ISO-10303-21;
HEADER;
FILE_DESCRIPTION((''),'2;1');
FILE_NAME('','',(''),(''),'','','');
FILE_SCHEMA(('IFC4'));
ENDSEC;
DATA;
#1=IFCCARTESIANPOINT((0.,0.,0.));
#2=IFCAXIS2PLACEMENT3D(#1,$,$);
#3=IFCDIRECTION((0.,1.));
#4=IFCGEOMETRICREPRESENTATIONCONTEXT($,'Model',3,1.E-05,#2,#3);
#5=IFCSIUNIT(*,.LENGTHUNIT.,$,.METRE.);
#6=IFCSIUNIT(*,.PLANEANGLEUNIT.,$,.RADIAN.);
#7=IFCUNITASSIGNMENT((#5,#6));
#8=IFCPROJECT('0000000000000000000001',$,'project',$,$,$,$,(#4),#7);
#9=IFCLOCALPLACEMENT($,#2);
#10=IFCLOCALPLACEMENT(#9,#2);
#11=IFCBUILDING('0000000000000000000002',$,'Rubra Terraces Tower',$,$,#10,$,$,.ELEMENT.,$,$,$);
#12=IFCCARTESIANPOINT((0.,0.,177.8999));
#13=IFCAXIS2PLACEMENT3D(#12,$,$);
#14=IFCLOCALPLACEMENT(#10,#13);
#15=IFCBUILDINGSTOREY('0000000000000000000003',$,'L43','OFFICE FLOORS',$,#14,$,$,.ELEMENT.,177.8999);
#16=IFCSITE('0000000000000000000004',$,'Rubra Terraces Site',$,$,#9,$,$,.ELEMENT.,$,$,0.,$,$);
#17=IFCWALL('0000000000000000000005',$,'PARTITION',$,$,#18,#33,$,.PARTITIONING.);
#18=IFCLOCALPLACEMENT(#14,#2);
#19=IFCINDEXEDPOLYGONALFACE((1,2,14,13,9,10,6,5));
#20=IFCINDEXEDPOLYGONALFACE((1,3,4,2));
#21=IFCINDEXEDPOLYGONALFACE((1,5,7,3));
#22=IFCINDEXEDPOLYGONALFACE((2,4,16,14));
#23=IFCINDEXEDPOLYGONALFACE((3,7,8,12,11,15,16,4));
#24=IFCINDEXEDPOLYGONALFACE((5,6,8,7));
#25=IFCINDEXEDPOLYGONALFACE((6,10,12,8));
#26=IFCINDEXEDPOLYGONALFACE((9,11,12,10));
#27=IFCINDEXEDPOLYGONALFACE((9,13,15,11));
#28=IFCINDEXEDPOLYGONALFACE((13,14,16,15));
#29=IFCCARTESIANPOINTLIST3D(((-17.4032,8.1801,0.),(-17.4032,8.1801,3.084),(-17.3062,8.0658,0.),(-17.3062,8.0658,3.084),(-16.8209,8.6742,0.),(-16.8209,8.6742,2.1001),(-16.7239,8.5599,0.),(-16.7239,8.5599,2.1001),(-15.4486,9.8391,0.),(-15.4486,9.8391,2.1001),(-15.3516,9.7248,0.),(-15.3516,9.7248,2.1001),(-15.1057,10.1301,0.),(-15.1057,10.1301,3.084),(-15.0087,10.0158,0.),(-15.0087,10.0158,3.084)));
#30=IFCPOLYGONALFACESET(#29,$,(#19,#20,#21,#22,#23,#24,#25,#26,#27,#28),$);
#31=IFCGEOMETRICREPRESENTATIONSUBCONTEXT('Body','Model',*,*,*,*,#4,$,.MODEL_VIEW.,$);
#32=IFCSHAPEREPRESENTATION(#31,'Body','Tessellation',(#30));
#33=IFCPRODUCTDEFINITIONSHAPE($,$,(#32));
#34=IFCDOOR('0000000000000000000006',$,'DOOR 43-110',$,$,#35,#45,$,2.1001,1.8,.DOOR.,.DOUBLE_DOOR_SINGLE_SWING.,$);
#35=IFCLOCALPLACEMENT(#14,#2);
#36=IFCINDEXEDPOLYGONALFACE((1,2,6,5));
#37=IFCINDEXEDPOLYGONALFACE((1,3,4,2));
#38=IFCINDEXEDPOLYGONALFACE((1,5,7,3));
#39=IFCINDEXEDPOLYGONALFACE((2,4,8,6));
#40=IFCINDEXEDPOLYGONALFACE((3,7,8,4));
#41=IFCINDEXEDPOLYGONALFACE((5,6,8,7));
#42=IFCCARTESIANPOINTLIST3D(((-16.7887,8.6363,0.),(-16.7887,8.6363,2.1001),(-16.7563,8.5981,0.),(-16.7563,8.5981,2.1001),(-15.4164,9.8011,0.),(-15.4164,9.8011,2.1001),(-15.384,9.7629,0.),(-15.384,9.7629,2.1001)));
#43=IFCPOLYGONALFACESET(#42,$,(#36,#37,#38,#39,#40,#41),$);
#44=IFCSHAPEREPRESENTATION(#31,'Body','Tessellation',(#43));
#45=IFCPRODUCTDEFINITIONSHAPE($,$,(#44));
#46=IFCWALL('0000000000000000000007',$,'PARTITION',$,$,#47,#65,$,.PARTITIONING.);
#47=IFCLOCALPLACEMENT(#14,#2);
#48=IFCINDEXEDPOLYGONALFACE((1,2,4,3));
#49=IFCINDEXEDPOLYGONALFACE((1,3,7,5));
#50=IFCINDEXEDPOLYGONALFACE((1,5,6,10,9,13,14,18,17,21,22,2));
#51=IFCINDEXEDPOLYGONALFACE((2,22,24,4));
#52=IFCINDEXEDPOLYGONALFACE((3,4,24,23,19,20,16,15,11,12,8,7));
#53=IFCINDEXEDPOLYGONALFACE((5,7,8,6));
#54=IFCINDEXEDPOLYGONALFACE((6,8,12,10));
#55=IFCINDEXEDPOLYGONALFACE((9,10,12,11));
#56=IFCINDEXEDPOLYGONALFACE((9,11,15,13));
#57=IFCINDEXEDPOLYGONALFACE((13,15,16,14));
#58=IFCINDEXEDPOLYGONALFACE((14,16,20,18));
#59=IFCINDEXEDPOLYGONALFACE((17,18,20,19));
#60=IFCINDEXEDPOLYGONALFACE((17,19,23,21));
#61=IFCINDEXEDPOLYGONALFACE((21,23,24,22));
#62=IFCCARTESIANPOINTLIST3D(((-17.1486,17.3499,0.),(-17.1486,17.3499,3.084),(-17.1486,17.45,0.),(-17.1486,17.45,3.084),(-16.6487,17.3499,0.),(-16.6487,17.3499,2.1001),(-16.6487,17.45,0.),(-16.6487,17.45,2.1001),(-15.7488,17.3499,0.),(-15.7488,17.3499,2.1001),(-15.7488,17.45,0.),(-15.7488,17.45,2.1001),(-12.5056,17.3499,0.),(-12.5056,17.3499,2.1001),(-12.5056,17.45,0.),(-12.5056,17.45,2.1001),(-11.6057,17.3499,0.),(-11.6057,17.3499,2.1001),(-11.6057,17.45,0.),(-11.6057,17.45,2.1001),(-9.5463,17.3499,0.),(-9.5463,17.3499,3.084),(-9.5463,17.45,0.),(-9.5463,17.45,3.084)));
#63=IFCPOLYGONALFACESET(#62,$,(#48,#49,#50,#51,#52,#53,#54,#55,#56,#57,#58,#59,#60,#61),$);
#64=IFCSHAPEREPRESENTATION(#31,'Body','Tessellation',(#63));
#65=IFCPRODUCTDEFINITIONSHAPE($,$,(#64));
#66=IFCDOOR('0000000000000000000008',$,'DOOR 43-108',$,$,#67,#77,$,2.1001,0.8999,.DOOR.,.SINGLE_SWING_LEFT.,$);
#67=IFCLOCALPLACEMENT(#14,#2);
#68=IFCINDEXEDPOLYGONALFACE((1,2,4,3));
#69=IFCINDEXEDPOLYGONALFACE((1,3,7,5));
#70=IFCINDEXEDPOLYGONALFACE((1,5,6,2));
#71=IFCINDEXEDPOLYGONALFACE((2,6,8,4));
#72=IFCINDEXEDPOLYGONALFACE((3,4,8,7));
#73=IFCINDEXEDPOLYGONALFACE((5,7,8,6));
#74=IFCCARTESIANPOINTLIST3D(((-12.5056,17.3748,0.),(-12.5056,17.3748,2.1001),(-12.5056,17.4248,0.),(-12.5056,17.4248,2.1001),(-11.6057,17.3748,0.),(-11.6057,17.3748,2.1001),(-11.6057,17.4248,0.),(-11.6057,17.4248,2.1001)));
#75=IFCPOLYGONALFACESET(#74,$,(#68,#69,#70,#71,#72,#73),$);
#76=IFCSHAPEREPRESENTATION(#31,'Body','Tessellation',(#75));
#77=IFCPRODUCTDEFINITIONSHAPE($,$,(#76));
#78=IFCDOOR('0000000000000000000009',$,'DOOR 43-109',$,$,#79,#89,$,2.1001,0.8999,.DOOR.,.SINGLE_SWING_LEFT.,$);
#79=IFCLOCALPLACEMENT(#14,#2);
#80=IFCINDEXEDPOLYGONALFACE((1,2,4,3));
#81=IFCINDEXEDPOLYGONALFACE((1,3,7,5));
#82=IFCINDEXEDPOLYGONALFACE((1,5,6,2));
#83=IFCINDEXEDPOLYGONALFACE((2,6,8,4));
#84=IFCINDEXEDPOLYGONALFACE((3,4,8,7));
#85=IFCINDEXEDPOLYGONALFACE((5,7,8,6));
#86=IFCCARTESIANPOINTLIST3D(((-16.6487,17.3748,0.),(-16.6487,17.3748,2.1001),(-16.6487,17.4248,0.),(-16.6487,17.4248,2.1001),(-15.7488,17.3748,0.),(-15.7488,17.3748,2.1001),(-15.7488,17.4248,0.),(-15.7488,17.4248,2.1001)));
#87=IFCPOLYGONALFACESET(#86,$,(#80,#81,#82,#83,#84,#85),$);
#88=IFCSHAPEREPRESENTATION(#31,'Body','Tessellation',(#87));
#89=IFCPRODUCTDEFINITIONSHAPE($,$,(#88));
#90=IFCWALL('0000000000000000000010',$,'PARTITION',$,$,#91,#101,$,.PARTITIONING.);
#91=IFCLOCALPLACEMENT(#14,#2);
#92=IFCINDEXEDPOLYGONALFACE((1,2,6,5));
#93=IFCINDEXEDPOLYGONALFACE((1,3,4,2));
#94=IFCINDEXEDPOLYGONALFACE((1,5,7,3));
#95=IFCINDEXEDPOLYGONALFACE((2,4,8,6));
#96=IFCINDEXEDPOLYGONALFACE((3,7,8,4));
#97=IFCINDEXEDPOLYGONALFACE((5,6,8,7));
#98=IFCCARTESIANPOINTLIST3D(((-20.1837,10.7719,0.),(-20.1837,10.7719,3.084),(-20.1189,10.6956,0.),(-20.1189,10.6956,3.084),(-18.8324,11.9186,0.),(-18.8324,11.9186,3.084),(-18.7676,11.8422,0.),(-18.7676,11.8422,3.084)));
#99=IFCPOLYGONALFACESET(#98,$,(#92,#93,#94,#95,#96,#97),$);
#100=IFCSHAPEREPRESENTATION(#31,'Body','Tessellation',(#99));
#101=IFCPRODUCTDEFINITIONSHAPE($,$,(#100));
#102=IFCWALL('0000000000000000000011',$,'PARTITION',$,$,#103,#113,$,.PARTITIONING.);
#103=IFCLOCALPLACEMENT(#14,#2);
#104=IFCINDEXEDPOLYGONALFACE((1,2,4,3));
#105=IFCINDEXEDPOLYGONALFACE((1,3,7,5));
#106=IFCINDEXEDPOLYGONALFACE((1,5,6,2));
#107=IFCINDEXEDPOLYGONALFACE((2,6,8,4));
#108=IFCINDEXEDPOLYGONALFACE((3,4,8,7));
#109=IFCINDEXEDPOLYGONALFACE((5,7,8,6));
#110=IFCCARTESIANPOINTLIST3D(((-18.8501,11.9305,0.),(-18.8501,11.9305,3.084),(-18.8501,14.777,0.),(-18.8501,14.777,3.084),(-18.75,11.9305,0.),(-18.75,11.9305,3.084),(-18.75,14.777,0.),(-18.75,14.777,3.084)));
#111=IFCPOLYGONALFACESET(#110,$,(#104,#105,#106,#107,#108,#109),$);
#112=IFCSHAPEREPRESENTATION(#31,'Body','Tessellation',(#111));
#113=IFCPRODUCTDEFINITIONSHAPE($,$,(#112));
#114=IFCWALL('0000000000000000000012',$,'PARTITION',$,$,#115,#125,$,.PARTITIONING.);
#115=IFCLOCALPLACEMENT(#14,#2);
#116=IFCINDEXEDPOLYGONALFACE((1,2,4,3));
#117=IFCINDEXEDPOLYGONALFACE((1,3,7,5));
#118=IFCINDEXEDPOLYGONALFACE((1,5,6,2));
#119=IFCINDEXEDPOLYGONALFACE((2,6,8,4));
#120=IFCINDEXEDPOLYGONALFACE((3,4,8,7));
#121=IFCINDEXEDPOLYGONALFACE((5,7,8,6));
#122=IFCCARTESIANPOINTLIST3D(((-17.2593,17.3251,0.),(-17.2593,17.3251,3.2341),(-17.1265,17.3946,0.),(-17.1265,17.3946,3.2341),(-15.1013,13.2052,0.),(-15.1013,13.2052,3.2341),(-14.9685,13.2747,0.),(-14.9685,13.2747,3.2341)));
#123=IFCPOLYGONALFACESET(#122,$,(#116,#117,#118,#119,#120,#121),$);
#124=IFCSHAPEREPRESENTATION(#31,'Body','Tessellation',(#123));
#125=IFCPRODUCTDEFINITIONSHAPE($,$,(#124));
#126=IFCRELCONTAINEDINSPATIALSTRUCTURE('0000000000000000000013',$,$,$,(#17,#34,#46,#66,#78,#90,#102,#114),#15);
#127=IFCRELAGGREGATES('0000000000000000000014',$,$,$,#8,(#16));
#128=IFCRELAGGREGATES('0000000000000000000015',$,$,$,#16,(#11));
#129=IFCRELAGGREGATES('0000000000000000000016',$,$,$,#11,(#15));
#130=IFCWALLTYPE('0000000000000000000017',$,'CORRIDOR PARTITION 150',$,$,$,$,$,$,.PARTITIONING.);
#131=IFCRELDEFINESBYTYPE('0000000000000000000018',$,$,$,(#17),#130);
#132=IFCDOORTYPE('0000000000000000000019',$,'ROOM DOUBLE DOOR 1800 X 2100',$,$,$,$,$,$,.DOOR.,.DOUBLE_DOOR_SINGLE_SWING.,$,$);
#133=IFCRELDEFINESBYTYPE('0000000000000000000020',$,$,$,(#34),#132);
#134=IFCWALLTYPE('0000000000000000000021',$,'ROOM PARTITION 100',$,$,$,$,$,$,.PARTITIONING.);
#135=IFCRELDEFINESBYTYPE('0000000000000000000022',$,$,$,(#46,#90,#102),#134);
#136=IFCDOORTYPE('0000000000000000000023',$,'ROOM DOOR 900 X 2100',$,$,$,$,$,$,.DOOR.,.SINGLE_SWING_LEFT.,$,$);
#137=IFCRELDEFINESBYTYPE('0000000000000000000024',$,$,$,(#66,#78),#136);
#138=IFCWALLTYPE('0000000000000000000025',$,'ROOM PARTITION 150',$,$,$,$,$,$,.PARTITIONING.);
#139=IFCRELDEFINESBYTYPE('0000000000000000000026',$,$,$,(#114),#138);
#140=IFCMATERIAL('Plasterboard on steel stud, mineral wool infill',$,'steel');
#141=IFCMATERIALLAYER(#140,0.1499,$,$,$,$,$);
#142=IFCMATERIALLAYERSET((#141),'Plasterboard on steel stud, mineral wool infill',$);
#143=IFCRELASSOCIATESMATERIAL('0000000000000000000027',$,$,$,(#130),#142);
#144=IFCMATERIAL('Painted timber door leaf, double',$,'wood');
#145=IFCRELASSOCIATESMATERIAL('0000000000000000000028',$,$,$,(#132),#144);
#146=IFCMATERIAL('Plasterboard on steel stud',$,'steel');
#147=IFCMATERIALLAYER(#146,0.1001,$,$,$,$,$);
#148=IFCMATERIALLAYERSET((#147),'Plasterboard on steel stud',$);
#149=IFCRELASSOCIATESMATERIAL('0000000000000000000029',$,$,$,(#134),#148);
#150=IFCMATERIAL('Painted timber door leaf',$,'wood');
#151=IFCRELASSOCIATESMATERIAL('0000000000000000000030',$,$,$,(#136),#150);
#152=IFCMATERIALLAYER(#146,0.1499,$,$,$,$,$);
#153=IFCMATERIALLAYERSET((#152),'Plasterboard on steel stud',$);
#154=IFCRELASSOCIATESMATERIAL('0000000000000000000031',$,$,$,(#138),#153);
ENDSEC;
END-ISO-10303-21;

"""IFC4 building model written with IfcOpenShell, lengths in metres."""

from ifc_helpers import new_model, si_unit, direction, frame, frame_2d, origin, place, context, subcontext, project, spatial, rectangle, extrude, material, layer, layer_set, type_object, element, fill, save


model = new_model("IFC4")

# Units and contexts
model_context = context("Model", 3, precision=1e-05, world=origin(), true_north=direction((0.0, 1.0)))
body_context = subcontext(model_context, "Body", "Model", "MODEL_VIEW")
ifc_project = project(units=[si_unit("LENGTHUNIT", "METRE"), si_unit("PLANEANGLEUNIT", "RADIAN")], contexts=[model_context])

# Site, building, storey
site_placement = place(None, origin())
site = spatial("IfcSite", under=ifc_project, at=site_placement, Name="Rubra Terraces Site", CompositionType="ELEMENT", RefElevation=0.0)
building_placement = place(site_placement, origin())
building = spatial("IfcBuilding", under=site, at=building_placement, Name="Rubra Terraces Tower", CompositionType="ELEMENT")
storey_placement = place(building_placement, frame((0.0, 0.0, 177.8999)))
storey = spatial("IfcBuildingStorey", under=building, at=storey_placement, Name="L43", Description="OFFICE FLOORS", CompositionType="ELEMENT", Elevation=177.8999)

# Shared definitions
ifc_material_1 = material(Name="Plasterboard on steel stud, mineral wool infill", Category="steel")
ifc_layer_1 = layer(ifc_material_1, 0.1499)
ifc_layer_set_1 = layer_set([ifc_layer_1], Name="Plasterboard on steel stud, mineral wool infill")
wall_type_1 = type_object("IfcWallType", Name="CORRIDOR PARTITION 150", PredefinedType="PARTITIONING", material=ifc_layer_set_1)

# Wall, opening, door
wall_1_placement = place(storey_placement, frame((-15.0571, 10.073, 0.0), z_axis=(0.0, 0.0, 1.0), x_axis=(-0.762399, -0.647107, 0.0)))
wall_1 = element("IfcWall", 1, at=wall_1_placement, inside=storey, type_object=wall_type_1, Name="PARTITION", PredefinedType="PARTITIONING", context=body_context, shape_type="SweptSolid", body=[
    extrude(rectangle(XDim=3.0134, YDim=0.1499, at=frame_2d((1.5068, 0.0))), origin(), (0.0, 0.0, 1.0), 3.084),
])
opening_1_placement = place(wall_1_placement, frame((0.45, 0.0, 0.0)))
opening_1 = element("IfcOpeningElement", 2, at=opening_1_placement, cuts=wall_1, PredefinedType="OPENING", context=body_context, shape_type="SweptSolid", body=[
    extrude(rectangle(XDim=1.8, YDim=2.1001, at=frame_2d((0.8999, 1.05))), frame((0.0, 0.085, 0.0), z_axis=(0.0, -1.0, 0.0), x_axis=(1.0, 0.0, 0.0)), (0.0, 0.0, 1.0), 0.1699),
])
ifc_material_2 = material(Name="Painted timber door leaf, double", Category="wood")
door_type_1 = type_object("IfcDoorType", Name="ROOM DOUBLE DOOR 1800 X 2100", OperationType="DOUBLE_DOOR_SINGLE_SWING", PredefinedType="DOOR", material=ifc_material_2)
door_1_placement = place(opening_1_placement, origin())
door_1 = element("IfcDoor", 3, at=door_1_placement, inside=storey, type_object=door_type_1, Name="DOOR 43-110", OperationType="DOUBLE_DOOR_SINGLE_SWING", OverallHeight=2.1001, OverallWidth=1.8, PredefinedType="DOOR", context=body_context, shape_type="SweptSolid", body=[
    extrude(rectangle(XDim=1.8, YDim=2.1001, at=frame_2d((0.8999, 1.05))), frame((0.0, 0.0249, 0.0), z_axis=(0.0, -1.0, 0.0), x_axis=(1.0, 0.0, 0.0)), (0.0, 0.0, 1.0), 0.05),
])
fill(opening_1, door_1)

# Wall, openings, doors
ifc_material_3 = material(Name="Plasterboard on steel stud", Category="steel")
ifc_layer_2 = layer(ifc_material_3, 0.1001)
ifc_layer_set_2 = layer_set([ifc_layer_2], Name="Plasterboard on steel stud")
wall_type_2 = type_object("IfcWallType", Name="ROOM PARTITION 100", PredefinedType="PARTITIONING", material=ifc_layer_set_2)
wall_2_placement = place(storey_placement, frame((-17.1487, 17.3999, 0.0), z_axis=(0.0, 0.0, 1.0), x_axis=(1.0, 0.0, 0.0)))
wall_2 = element("IfcWall", 4, at=wall_2_placement, inside=storey, type_object=wall_type_2, Name="PARTITION", PredefinedType="PARTITIONING", context=body_context, shape_type="SweptSolid", body=[
    extrude(rectangle(XDim=7.6023, YDim=0.1001, at=frame_2d((3.8013, 0.0))), origin(), (0.0, 0.0, 1.0), 3.084),
])
opening_2_placement = place(wall_2_placement, frame((4.6431, 0.0, 0.0)))
opening_2 = element("IfcOpeningElement", 5, at=opening_2_placement, cuts=wall_2, PredefinedType="OPENING", context=body_context, shape_type="SweptSolid", body=[
    extrude(rectangle(XDim=0.8999, YDim=2.1001, at=frame_2d((0.45, 1.05))), frame((0.0, 0.0601, 0.0), z_axis=(0.0, -1.0, 0.0), x_axis=(1.0, 0.0, 0.0)), (0.0, 0.0, 1.0), 0.1201),
])
opening_3_placement = place(wall_2_placement, frame((0.5, 0.0, 0.0)))
opening_3 = element("IfcOpeningElement", 6, at=opening_3_placement, cuts=wall_2, PredefinedType="OPENING", context=body_context, shape_type="SweptSolid", body=[
    extrude(rectangle(XDim=0.8999, YDim=2.1001, at=frame_2d((0.45, 1.05))), frame((0.0, 0.0601, 0.0), z_axis=(0.0, -1.0, 0.0), x_axis=(1.0, 0.0, 0.0)), (0.0, 0.0, 1.0), 0.1201),
])
ifc_material_4 = material(Name="Painted timber door leaf", Category="wood")
door_type_2 = type_object("IfcDoorType", Name="ROOM DOOR 900 X 2100", OperationType="SINGLE_SWING_LEFT", PredefinedType="DOOR", material=ifc_material_4)
door_2_placement = place(opening_2_placement, origin())
door_2 = element("IfcDoor", 7, at=door_2_placement, inside=storey, type_object=door_type_2, Name="DOOR 43-108", OperationType="SINGLE_SWING_LEFT", OverallHeight=2.1001, OverallWidth=0.8999, PredefinedType="DOOR", context=body_context, shape_type="SweptSolid", body=[
    extrude(rectangle(XDim=0.8999, YDim=2.1001, at=frame_2d((0.45, 1.05))), frame((0.0, 0.0249, 0.0), z_axis=(0.0, -1.0, 0.0), x_axis=(1.0, 0.0, 0.0)), (0.0, 0.0, 1.0), 0.05),
])
fill(opening_2, door_2)
door_3_placement = place(opening_3_placement, origin())
door_3 = element("IfcDoor", 8, at=door_3_placement, inside=storey, type_object=door_type_2, Name="DOOR 43-109", OperationType="SINGLE_SWING_LEFT", OverallHeight=2.1001, OverallWidth=0.8999, PredefinedType="DOOR", context=body_context, shape_type="SweptSolid", body=[
    extrude(rectangle(XDim=0.8999, YDim=2.1001, at=frame_2d((0.45, 1.05))), frame((0.0, 0.0249, 0.0), z_axis=(0.0, -1.0, 0.0), x_axis=(1.0, 0.0, 0.0)), (0.0, 0.0, 1.0), 0.05),
])
fill(opening_3, door_3)

# Walls
wall_3_placement = place(storey_placement, frame((-20.1514, 10.7336, 0.0), z_axis=(0.0, 0.0, 1.0), x_axis=(0.762466, 0.647028, 0.0)))
element("IfcWall", 9, at=wall_3_placement, inside=storey, type_object=wall_type_2, Name="PARTITION", PredefinedType="PARTITIONING", context=body_context, shape_type="SweptSolid", body=[
    extrude(rectangle(XDim=1.7722, YDim=0.1001, at=frame_2d((0.8862, 0.0))), origin(), (0.0, 0.0, 1.0), 3.084),
])
wall_4_placement = place(storey_placement, frame((-18.8, 11.9304, 0.0), z_axis=(0.0, 0.0, 1.0), x_axis=(0.0, 1.0, 0.0)))
element("IfcWall", 10, at=wall_4_placement, inside=storey, type_object=wall_type_2, Name="PARTITION", PredefinedType="PARTITIONING", context=body_context, shape_type="SweptSolid", body=[
    extrude(rectangle(XDim=2.8464, YDim=0.1001, at=frame_2d((1.4233, 0.0))), origin(), (0.0, 0.0, 1.0), 3.084),
])
ifc_layer_3 = layer(ifc_material_3, 0.1499)
ifc_layer_set_3 = layer_set([ifc_layer_3], Name="Plasterboard on steel stud")
wall_type_3 = type_object("IfcWallType", Name="ROOM PARTITION 150", PredefinedType="PARTITIONING", material=ifc_layer_set_3)
wall_5_placement = place(storey_placement, frame((-17.1929, 17.3599, 0.0), z_axis=(0.0, 0.0, 1.0), x_axis=(0.463995, -0.885838, 0.0)))
element("IfcWall", 11, at=wall_5_placement, inside=storey, type_object=wall_type_3, Name="PARTITION", PredefinedType="PARTITIONING", context=body_context, shape_type="SweptSolid", body=[
    extrude(rectangle(XDim=4.6509, YDim=0.1499, at=frame_2d((2.3254, 0.0))), origin(), (0.0, 0.0, 1.0), 3.2341),
])

save(model, "model.ifc")
